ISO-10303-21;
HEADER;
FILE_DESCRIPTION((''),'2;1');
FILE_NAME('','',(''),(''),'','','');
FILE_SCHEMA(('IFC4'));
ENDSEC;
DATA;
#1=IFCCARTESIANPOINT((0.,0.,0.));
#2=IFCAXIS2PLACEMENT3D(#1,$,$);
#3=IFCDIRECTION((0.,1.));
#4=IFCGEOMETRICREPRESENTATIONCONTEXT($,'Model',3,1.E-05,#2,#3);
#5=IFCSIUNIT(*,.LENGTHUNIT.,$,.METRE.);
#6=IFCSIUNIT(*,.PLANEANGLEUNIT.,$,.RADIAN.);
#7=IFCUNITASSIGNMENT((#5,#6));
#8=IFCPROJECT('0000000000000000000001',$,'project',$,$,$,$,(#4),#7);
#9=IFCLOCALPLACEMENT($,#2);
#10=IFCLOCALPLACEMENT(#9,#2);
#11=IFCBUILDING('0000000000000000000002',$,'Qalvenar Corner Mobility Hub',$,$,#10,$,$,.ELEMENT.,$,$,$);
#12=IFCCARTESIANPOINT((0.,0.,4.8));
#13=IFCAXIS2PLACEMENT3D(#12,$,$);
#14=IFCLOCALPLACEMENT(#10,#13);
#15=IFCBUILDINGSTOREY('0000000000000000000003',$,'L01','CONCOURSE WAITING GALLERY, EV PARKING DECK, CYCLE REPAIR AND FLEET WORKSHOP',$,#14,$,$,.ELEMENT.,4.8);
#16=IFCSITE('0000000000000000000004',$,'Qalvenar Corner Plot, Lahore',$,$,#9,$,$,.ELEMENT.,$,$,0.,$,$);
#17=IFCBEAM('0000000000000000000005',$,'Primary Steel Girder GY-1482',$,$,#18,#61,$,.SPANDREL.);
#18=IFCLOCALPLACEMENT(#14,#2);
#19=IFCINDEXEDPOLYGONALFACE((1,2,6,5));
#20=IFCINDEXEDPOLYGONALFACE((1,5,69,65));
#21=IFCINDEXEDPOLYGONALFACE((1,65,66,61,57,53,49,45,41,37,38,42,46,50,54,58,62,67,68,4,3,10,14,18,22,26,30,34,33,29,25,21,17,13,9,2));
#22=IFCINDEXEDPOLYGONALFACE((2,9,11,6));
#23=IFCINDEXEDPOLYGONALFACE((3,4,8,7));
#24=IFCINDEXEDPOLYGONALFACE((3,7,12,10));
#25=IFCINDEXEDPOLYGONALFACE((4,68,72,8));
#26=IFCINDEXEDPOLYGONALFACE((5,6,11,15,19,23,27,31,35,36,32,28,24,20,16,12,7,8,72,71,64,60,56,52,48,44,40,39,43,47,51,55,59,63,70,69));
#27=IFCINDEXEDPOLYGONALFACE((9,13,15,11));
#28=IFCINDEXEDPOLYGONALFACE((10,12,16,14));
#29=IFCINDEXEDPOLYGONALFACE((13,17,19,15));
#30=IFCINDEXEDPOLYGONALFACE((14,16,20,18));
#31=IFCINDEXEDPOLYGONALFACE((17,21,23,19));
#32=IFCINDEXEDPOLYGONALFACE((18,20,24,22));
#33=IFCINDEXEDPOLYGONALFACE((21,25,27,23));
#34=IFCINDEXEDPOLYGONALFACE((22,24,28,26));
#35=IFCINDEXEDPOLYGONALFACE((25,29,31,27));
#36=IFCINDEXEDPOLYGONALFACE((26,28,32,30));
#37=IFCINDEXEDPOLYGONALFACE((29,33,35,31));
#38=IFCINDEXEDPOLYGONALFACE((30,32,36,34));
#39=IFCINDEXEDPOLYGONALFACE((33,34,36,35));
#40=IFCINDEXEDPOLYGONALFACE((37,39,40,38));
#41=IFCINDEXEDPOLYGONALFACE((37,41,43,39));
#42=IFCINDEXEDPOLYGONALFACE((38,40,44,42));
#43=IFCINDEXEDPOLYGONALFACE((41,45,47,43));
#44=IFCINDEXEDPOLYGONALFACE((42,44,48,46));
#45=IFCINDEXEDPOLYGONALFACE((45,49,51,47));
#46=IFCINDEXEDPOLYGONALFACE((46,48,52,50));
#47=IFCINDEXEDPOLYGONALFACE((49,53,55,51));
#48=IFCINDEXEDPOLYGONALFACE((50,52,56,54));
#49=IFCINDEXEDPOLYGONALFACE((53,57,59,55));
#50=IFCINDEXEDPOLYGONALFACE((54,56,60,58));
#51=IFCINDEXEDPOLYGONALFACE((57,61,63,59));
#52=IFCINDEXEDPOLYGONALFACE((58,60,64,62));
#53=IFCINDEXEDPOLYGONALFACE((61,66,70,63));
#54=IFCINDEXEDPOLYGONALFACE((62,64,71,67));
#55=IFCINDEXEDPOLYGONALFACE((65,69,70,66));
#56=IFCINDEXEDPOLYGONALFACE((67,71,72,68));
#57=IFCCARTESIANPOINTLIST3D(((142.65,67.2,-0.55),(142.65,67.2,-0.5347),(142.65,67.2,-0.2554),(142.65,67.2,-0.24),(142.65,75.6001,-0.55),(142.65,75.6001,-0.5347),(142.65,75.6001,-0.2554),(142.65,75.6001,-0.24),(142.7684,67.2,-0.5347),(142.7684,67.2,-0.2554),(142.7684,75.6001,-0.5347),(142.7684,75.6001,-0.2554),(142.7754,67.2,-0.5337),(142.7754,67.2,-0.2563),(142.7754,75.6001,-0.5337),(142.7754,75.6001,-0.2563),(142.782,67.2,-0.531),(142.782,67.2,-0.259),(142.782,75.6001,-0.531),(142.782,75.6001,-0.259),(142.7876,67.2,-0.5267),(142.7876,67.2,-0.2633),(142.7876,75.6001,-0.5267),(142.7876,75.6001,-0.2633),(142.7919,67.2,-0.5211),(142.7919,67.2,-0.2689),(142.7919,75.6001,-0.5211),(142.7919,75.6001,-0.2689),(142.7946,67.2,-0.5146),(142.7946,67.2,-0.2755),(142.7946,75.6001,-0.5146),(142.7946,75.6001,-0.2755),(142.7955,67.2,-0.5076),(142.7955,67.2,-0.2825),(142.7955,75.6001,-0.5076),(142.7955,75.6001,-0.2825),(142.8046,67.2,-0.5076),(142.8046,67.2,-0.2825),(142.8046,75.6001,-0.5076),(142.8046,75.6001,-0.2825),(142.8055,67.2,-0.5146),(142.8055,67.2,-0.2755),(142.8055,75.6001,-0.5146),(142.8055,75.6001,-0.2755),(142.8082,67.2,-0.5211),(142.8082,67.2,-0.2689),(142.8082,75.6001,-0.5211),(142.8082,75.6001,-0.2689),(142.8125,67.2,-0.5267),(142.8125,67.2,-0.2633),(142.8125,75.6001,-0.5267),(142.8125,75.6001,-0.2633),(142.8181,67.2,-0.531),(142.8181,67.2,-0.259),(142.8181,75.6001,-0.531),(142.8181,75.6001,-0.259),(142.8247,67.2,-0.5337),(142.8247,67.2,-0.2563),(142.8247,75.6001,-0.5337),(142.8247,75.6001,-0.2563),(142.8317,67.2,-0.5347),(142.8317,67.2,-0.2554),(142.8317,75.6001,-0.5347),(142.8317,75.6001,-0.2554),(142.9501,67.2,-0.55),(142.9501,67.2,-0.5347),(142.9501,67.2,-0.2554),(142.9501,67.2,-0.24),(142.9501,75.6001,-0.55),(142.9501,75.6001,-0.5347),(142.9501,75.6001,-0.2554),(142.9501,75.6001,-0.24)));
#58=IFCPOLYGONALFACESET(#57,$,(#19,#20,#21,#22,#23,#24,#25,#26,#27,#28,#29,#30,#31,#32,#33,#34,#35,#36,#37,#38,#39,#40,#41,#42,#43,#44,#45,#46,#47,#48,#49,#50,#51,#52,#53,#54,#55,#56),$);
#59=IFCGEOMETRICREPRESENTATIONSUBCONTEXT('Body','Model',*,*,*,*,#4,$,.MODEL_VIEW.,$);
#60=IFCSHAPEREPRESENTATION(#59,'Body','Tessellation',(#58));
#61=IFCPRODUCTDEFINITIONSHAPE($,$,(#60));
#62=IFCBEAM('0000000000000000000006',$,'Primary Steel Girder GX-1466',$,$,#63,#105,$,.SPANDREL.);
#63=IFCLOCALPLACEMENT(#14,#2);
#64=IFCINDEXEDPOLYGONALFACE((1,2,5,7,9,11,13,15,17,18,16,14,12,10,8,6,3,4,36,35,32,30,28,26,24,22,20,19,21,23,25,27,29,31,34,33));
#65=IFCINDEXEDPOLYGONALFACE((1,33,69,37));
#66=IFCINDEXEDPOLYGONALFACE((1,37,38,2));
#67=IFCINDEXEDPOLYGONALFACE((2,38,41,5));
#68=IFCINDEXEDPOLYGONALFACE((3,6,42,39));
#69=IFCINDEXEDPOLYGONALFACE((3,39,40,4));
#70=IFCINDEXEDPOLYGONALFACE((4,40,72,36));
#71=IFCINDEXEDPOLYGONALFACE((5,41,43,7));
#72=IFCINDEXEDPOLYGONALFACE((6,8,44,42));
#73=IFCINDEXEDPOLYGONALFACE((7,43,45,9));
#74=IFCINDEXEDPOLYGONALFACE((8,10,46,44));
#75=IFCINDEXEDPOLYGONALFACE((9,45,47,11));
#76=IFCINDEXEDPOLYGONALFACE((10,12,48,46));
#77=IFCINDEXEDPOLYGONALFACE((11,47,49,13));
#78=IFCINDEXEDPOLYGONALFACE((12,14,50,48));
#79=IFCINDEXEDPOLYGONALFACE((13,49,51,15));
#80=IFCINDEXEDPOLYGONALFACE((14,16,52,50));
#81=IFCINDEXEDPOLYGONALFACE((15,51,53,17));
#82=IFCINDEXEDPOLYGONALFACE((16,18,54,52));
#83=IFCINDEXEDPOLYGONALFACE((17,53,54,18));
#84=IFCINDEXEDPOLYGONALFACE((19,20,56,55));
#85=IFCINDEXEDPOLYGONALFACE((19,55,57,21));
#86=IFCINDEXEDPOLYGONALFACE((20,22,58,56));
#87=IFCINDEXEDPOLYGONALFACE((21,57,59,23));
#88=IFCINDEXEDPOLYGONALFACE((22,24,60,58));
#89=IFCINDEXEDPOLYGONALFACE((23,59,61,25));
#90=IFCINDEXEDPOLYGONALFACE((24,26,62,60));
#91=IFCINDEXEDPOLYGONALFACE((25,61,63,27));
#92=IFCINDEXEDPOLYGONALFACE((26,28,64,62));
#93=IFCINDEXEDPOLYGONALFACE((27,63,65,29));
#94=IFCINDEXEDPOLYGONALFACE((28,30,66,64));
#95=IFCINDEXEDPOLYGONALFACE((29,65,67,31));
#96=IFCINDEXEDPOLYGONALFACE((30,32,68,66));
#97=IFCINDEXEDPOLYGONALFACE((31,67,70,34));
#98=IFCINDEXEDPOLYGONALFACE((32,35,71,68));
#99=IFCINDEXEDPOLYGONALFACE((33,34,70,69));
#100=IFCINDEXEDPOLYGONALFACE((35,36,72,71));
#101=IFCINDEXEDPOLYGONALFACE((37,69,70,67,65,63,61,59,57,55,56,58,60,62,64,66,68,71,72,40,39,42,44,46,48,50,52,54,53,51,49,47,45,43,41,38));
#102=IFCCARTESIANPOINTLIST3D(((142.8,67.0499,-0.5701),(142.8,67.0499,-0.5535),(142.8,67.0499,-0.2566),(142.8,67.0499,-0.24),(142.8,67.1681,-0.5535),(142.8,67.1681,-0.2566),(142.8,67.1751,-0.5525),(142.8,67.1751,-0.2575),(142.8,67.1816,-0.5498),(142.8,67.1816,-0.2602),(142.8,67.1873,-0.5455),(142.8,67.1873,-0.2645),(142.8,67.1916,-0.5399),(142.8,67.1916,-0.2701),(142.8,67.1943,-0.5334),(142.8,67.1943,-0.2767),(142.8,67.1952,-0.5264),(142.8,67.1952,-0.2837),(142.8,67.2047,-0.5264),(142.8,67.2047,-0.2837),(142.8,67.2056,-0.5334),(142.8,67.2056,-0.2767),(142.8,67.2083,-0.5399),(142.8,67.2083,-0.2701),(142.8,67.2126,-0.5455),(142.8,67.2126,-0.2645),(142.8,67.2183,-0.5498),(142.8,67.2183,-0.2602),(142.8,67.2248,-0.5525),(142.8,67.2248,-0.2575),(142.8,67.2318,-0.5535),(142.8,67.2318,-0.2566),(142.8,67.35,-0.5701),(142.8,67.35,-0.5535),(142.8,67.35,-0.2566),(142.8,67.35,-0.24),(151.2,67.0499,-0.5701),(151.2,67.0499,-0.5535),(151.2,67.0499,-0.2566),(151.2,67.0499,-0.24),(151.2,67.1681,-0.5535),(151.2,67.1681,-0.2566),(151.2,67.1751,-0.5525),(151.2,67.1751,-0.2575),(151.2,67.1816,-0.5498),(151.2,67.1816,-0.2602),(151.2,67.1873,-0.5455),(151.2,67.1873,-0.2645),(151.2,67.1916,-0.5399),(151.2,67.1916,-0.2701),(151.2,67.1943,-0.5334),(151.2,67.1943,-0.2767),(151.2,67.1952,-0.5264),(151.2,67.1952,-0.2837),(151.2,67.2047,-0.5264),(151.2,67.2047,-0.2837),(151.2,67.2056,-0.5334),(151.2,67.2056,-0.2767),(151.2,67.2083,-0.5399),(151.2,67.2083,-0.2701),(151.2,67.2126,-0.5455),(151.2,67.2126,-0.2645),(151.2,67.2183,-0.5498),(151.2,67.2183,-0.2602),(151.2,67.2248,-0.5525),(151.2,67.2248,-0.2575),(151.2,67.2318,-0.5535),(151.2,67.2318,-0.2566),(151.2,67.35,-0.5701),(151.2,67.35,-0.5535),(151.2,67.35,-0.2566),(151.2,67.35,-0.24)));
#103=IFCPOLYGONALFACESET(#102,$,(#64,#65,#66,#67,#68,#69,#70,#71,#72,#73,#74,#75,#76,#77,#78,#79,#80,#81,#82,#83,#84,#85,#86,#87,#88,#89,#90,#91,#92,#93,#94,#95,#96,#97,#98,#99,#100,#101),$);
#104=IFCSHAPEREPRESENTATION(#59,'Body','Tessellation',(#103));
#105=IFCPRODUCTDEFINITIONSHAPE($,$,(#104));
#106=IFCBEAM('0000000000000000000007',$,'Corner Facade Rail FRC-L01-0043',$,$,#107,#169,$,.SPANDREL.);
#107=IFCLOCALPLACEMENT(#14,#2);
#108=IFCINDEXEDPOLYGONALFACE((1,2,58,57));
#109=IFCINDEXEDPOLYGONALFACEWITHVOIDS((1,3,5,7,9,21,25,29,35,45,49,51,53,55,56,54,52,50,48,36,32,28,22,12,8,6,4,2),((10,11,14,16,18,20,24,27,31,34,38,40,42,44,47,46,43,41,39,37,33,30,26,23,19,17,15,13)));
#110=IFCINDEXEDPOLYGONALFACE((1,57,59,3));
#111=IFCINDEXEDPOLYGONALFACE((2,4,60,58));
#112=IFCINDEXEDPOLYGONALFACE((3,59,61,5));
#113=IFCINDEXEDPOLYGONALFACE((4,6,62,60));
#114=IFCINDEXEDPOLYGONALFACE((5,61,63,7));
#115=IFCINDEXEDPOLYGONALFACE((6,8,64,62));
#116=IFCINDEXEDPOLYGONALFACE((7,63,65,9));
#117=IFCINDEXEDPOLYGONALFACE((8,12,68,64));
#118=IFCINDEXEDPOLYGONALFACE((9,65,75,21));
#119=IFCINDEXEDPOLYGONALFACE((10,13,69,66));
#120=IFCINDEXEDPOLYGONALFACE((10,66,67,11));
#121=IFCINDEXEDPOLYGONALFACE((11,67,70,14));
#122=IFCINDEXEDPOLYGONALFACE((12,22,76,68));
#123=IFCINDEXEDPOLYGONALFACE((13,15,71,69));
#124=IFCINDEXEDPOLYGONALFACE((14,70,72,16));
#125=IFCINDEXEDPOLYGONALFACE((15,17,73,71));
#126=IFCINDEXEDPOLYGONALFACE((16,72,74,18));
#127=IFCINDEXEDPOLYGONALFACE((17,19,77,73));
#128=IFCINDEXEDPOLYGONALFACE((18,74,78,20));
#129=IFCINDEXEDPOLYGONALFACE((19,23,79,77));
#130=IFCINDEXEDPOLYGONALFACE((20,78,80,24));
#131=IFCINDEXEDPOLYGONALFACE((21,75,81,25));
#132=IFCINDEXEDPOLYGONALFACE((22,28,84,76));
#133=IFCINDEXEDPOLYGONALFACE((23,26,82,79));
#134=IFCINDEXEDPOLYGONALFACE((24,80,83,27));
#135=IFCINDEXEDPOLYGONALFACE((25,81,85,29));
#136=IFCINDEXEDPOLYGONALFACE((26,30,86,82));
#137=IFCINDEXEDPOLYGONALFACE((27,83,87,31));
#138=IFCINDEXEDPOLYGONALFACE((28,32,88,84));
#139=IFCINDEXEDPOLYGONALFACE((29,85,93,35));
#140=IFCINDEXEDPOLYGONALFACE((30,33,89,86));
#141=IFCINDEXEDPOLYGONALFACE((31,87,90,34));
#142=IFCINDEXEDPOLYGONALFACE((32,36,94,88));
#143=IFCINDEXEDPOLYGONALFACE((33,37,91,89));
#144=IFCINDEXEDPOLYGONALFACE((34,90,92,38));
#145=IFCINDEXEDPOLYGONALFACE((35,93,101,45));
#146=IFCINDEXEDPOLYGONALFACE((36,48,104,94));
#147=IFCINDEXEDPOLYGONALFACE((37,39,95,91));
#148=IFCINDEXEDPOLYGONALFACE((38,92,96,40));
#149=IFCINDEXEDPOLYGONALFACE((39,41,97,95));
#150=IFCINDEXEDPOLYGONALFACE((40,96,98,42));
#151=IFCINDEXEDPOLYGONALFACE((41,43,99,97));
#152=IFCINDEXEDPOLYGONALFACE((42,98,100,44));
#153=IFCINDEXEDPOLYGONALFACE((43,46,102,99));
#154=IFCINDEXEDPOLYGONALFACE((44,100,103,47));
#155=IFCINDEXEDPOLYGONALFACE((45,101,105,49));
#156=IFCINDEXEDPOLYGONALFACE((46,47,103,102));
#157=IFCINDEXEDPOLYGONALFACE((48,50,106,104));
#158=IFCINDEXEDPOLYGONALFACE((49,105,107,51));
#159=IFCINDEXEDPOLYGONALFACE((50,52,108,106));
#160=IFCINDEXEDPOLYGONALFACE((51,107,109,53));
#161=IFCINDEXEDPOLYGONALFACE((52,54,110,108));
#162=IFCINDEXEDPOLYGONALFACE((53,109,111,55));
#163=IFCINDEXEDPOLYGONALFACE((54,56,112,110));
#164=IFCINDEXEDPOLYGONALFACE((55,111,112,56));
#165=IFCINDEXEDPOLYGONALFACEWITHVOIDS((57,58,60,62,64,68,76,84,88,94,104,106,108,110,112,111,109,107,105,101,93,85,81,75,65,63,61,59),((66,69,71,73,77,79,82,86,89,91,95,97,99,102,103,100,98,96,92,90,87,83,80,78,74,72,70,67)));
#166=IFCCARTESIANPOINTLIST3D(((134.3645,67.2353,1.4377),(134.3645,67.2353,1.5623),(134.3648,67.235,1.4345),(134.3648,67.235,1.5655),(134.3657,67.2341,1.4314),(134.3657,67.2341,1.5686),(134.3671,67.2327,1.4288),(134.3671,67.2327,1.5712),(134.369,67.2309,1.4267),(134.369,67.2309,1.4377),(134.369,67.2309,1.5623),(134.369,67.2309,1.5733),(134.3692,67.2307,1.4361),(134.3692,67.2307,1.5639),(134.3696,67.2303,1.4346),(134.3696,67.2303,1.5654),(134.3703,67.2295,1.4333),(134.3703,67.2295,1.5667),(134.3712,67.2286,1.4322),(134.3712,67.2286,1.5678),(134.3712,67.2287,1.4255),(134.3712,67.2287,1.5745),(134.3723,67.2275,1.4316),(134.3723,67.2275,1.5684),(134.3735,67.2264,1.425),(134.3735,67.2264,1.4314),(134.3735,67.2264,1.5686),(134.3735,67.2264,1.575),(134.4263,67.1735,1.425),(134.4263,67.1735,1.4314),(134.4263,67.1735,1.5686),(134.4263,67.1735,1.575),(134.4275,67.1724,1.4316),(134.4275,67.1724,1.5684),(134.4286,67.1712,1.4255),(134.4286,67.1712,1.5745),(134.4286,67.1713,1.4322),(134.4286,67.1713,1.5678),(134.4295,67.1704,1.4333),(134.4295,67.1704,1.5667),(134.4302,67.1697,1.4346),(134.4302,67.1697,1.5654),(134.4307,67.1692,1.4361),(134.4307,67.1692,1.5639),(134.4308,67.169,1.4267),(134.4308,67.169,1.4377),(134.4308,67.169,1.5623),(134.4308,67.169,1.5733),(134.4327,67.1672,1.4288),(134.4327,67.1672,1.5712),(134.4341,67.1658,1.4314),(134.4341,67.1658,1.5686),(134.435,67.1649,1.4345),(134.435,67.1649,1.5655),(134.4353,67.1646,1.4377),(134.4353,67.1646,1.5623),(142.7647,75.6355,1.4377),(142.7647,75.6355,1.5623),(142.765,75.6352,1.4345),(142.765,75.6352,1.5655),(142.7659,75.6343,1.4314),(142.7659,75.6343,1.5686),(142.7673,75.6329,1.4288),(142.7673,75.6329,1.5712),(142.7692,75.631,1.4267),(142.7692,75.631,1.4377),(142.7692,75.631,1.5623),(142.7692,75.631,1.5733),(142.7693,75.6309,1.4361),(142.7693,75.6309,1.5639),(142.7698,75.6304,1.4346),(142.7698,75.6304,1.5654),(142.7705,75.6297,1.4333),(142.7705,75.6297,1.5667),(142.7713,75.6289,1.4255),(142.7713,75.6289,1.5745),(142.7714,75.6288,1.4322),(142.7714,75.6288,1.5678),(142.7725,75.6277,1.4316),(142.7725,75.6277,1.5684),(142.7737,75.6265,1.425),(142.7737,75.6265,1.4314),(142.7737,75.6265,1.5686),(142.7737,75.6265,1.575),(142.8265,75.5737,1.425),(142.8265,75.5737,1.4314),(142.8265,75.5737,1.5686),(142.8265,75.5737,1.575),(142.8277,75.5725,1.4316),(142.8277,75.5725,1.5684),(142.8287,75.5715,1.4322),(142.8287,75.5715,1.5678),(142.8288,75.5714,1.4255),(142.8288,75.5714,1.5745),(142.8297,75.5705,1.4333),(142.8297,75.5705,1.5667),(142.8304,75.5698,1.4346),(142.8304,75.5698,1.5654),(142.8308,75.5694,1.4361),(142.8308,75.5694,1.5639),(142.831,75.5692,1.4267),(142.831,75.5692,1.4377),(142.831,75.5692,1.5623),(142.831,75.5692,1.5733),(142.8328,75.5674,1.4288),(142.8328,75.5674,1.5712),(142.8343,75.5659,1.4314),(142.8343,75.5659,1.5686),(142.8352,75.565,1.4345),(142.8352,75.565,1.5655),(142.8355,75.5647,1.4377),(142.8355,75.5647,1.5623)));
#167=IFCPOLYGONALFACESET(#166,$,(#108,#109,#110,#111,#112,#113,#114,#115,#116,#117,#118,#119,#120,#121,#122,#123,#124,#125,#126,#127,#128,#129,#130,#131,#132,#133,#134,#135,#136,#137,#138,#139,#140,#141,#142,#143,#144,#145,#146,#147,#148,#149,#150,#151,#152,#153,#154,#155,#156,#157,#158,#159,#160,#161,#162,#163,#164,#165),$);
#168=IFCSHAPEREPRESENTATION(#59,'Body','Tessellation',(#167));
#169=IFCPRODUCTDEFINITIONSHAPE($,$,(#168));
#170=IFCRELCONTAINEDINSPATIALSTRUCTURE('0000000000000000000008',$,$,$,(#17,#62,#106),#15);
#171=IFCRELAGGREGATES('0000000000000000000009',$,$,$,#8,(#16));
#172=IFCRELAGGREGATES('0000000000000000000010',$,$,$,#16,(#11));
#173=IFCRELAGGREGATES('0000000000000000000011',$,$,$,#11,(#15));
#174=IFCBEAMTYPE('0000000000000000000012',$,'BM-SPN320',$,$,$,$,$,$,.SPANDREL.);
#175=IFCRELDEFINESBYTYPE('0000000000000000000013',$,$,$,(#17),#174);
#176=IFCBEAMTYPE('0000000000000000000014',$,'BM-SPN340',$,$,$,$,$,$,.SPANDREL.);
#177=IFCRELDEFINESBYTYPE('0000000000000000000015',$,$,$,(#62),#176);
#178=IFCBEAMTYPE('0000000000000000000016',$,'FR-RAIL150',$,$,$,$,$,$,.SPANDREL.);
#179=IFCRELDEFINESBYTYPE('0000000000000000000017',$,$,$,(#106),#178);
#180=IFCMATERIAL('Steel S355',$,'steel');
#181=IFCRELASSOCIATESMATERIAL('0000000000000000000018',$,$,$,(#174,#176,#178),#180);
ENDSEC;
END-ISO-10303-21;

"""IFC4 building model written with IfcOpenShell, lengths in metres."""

from ifc_helpers import new_model, si_unit, direction, frame, origin, origin_2d, place, context, subcontext, project, spatial, hollow_rectangle, i_section, extrude, material, material_profile, profile_set, type_object, element, save


model = new_model("IFC4")

# Units and contexts
model_context = context("Model", 3, precision=1e-05, world=origin(), true_north=direction((0.0, 1.0)))
body_context = subcontext(model_context, "Body", "Model", "MODEL_VIEW")
ifc_project = project(units=[si_unit("LENGTHUNIT", "METRE"), si_unit("PLANEANGLEUNIT", "RADIAN")], contexts=[model_context])

# Site, building, storey
site_placement = place(None, origin())
site = spatial("IfcSite", under=ifc_project, at=site_placement, Name="Qalvenar Corner Plot, Lahore", CompositionType="ELEMENT", RefElevation=0.0)
building_placement = place(site_placement, origin())
building = spatial("IfcBuilding", under=site, at=building_placement, Name="Qalvenar Corner Mobility Hub", CompositionType="ELEMENT")
storey_placement = place(building_placement, frame((0.0, 0.0, 4.8)))
storey = spatial("IfcBuildingStorey", under=building, at=storey_placement, Name="L01", Description="CONCOURSE WAITING GALLERY, EV PARKING DECK, CYCLE REPAIR AND FLEET WORKSHOP", CompositionType="ELEMENT", Elevation=4.8)

# Shared definitions
ifc_material_1 = material(Name="Steel S355", Category="steel")

# Beams
ifc_material_profile_1 = material_profile(ifc_material_1, i_section(OverallWidth=0.3, OverallDepth=0.3101, WebThickness=0.009, FlangeThickness=0.0154, FilletRadius=0.0271, at=origin_2d()), Name="HEA320")
ifc_profile_set_1 = profile_set([ifc_material_profile_1], Name="Steel S355")
beam_type_1 = type_object("IfcBeamType", Name="BM-SPN320", PredefinedType="SPANDREL", material=ifc_profile_set_1)
beam_1_placement = place(storey_placement, frame((142.8, 67.2, -0.395), z_axis=(0.0, 1.0, 0.0), x_axis=(-1.0, 0.0, 0.0)))
element("IfcBeam", 1, at=beam_1_placement, inside=storey, type_object=beam_type_1, Name="Primary Steel Girder GY-1482", PredefinedType="SPANDREL", context=body_context, shape_type="SweptSolid", body=[
    extrude(i_section(OverallWidth=0.3, OverallDepth=0.3101, WebThickness=0.009, FlangeThickness=0.0154, FilletRadius=0.0271, at=origin_2d()), origin(), (0.0, 0.0, 1.0), 8.4001),
])
ifc_material_profile_2 = material_profile(ifc_material_1, i_section(OverallWidth=0.3, OverallDepth=0.3301, WebThickness=0.0095, FlangeThickness=0.0166, FilletRadius=0.0271, at=origin_2d()), Name="HEA340")
ifc_profile_set_2 = profile_set([ifc_material_profile_2], Name="Steel S355")
beam_type_2 = type_object("IfcBeamType", Name="BM-SPN340", PredefinedType="SPANDREL", material=ifc_profile_set_2)
beam_2_placement = place(storey_placement, frame((142.8, 67.2, -0.405), z_axis=(1.0, 0.0, 0.0), x_axis=(0.0, 1.0, 0.0)))
element("IfcBeam", 2, at=beam_2_placement, inside=storey, type_object=beam_type_2, Name="Primary Steel Girder GX-1466", PredefinedType="SPANDREL", context=body_context, shape_type="SweptSolid", body=[
    extrude(i_section(OverallWidth=0.3, OverallDepth=0.3301, WebThickness=0.0095, FlangeThickness=0.0166, FilletRadius=0.0271, at=origin_2d()), origin(), (0.0, 0.0, 1.0), 8.3999),
])
ifc_material_profile_3 = material_profile(ifc_material_1, hollow_rectangle(XDim=0.1001, YDim=0.1499, WallThickness=0.0063, InnerFilletRadius=0.0063, OuterFilletRadius=0.0127, at=origin_2d()), Name="RHS150x100x6.3")
ifc_profile_set_3 = profile_set([ifc_material_profile_3], Name="Steel S355")
beam_type_3 = type_object("IfcBeamType", Name="FR-RAIL150", PredefinedType="SPANDREL", material=ifc_profile_set_3)
for number, where, z_axis, x_axis, name in (
    (3, (134.3999, 67.2, 1.5), (0.707107, 0.707107, 0.0), (-0.707107, 0.707107, 0.0), "Corner Facade Rail FRC-L01-0043"),
):
    element("IfcBeam", number, at=place(storey_placement, frame(where, z_axis=z_axis, x_axis=x_axis)), inside=storey, type_object=beam_type_3, Name=name, PredefinedType="SPANDREL", context=body_context, shape_type="SweptSolid", body=[
        extrude(hollow_rectangle(XDim=0.1001, YDim=0.1499, WallThickness=0.0063, InnerFilletRadius=0.0063, OuterFilletRadius=0.0127, at=origin_2d()), origin(), (0.0, 0.0, 1.0), 11.8796),
    ])

save(model, "model.ifc")
